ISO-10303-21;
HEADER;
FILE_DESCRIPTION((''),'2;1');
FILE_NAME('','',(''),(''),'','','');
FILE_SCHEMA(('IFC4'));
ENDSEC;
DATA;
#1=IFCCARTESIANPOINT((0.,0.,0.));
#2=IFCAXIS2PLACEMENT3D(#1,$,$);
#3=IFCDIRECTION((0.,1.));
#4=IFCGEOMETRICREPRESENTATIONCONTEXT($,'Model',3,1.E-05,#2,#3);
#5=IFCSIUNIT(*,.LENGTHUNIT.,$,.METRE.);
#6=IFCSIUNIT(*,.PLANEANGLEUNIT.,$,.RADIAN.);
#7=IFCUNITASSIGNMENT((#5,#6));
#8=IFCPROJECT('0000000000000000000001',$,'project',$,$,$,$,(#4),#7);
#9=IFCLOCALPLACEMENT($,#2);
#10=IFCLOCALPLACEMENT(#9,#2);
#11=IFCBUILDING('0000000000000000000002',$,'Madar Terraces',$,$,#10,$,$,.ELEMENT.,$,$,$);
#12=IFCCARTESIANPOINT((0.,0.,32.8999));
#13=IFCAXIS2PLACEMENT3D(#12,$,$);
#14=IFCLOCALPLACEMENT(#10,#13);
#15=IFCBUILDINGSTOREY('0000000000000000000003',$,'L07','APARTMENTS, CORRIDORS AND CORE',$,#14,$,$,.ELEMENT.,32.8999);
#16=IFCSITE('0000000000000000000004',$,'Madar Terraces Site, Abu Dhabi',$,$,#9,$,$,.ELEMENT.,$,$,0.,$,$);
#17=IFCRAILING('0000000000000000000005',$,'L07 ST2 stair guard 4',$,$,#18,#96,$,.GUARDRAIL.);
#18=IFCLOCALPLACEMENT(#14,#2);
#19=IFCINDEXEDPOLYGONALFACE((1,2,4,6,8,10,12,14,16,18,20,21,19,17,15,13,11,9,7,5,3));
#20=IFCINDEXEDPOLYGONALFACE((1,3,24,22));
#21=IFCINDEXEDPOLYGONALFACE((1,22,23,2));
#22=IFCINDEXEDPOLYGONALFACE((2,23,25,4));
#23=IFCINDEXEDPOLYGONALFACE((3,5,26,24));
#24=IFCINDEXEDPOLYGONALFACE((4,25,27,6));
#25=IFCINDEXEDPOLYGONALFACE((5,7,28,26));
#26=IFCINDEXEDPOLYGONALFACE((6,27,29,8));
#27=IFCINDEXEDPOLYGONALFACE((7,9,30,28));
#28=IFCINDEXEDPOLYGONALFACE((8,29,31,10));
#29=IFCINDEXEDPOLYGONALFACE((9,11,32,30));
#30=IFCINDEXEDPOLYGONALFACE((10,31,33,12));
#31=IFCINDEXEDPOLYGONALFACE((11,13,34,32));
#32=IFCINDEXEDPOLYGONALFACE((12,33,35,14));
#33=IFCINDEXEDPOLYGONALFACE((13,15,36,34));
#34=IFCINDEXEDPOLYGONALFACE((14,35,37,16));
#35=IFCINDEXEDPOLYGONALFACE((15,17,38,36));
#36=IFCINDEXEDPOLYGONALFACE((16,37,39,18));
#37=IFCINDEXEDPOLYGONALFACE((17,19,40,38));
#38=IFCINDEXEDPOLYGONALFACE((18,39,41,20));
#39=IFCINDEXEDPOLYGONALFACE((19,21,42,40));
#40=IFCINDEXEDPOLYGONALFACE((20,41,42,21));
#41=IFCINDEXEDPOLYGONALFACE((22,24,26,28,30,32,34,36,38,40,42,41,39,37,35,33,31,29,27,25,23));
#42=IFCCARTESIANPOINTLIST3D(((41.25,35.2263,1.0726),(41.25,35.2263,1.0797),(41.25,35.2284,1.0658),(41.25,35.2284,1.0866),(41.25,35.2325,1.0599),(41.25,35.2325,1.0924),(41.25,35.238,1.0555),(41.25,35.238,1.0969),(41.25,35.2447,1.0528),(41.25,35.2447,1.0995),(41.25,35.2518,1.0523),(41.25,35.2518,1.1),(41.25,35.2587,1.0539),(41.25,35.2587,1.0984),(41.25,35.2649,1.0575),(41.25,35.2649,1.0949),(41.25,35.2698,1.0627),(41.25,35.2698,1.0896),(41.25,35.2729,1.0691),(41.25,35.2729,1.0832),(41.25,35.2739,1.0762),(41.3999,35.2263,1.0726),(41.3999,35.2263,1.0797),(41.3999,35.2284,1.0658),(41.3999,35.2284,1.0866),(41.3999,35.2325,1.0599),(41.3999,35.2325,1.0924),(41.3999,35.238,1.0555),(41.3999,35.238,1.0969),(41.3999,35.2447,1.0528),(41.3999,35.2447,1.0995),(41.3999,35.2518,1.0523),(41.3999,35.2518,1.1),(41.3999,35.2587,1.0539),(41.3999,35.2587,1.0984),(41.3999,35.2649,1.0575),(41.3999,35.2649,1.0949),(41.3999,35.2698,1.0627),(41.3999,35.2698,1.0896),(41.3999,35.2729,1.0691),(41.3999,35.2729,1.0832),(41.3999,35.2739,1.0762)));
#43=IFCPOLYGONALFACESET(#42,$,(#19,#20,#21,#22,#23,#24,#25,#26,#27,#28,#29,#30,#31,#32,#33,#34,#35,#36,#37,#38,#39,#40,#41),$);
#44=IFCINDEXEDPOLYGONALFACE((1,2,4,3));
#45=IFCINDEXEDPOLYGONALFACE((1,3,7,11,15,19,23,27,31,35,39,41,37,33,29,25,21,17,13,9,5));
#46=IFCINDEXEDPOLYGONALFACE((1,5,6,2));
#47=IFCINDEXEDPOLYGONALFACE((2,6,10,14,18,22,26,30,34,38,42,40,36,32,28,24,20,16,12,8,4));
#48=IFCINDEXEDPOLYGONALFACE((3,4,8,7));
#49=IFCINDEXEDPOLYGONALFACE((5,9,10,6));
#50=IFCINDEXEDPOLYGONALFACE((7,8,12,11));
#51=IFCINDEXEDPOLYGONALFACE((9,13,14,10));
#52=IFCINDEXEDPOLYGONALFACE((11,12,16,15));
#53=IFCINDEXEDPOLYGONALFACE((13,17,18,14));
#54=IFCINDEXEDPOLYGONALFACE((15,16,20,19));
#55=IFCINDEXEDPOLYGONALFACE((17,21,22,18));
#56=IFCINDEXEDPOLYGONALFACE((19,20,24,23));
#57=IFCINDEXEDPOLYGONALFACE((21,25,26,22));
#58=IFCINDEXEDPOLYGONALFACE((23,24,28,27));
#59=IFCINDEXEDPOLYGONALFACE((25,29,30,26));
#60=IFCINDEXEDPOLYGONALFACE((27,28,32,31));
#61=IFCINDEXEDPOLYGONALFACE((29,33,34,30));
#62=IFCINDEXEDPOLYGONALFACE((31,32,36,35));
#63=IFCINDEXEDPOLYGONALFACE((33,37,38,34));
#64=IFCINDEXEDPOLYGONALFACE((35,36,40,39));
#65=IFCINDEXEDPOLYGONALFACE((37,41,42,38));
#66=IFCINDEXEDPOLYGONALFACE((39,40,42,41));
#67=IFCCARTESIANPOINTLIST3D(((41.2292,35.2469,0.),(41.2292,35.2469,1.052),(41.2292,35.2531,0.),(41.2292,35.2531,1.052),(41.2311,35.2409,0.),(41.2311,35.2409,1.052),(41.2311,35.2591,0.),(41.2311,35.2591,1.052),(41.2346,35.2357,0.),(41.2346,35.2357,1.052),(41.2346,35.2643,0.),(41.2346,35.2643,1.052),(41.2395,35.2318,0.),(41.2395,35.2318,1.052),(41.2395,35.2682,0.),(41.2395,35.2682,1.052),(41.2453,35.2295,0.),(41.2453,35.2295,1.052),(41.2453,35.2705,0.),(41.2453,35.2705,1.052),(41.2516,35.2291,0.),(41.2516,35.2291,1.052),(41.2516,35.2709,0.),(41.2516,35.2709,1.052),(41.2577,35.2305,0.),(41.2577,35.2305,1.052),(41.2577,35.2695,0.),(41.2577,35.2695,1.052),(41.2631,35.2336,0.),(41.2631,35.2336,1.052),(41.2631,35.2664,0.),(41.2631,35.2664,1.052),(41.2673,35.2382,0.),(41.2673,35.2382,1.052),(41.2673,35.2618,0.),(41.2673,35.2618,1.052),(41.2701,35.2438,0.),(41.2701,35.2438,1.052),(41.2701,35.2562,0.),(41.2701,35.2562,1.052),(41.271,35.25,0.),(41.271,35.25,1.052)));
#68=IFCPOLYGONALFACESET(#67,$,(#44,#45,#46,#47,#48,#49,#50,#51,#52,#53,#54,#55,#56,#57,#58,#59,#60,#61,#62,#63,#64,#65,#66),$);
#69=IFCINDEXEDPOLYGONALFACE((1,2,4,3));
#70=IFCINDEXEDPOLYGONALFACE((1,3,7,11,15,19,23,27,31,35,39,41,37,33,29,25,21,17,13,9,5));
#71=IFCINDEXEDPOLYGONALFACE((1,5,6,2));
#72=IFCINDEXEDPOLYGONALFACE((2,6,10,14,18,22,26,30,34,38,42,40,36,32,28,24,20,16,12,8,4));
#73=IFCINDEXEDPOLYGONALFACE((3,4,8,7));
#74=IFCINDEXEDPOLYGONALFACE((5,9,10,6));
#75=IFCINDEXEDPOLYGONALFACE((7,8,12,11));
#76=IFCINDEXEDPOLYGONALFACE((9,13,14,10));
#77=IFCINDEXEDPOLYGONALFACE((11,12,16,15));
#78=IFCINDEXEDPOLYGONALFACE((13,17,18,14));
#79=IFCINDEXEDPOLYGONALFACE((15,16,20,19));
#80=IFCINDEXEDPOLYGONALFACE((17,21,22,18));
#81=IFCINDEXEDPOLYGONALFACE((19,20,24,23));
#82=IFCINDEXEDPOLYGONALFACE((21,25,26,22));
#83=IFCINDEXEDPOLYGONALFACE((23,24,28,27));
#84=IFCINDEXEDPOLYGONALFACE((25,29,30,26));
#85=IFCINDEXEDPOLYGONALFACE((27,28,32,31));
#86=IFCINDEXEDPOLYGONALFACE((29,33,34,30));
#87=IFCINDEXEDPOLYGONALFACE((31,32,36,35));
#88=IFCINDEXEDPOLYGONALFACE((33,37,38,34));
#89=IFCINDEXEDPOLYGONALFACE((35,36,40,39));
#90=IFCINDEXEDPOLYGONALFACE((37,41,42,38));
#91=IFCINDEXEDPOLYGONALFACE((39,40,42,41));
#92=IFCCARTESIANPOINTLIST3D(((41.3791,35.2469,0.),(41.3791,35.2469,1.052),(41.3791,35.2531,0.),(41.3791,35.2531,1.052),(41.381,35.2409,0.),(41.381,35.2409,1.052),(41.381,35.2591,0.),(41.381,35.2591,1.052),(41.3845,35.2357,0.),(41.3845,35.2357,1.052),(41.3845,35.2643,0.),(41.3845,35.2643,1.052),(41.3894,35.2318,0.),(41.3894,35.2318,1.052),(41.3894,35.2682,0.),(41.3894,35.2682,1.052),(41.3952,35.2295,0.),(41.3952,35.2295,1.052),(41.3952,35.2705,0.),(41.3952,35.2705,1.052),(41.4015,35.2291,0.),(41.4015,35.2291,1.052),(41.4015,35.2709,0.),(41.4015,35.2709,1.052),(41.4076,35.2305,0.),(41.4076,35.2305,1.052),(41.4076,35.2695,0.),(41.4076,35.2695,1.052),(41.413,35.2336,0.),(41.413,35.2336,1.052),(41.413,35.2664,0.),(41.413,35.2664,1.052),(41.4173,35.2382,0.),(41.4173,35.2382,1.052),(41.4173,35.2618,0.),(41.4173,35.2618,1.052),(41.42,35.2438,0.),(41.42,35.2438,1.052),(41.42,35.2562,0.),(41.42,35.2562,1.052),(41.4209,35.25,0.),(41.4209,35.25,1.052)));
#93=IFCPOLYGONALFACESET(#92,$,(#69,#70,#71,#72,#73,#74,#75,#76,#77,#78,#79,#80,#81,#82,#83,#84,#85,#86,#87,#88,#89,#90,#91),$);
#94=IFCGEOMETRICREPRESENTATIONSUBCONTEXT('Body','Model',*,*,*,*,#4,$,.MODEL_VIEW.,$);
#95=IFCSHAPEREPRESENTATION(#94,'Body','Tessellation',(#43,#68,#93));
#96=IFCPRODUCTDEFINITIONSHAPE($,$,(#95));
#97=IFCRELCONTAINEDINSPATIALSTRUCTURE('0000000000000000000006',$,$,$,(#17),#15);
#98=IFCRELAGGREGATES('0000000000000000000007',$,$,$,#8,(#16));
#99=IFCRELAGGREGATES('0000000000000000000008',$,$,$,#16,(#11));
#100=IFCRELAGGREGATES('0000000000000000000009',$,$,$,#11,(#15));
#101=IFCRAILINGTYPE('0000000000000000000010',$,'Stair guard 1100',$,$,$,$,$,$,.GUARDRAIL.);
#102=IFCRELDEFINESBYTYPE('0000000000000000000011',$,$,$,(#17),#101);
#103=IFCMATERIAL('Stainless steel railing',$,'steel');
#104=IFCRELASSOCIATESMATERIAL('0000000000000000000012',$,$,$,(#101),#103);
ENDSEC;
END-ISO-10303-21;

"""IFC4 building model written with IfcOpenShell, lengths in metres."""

from ifc_helpers import new_model, si_unit, direction, frame, origin, origin_2d, place, context, subcontext, project, spatial, circle, extrude, material, type_object, element, save


model = new_model("IFC4")

# Units and contexts
model_context = context("Model", 3, precision=1e-05, world=origin(), true_north=direction((0.0, 1.0)))
body_context = subcontext(model_context, "Body", "Model", "MODEL_VIEW")
ifc_project = project(units=[si_unit("LENGTHUNIT", "METRE"), si_unit("PLANEANGLEUNIT", "RADIAN")], contexts=[model_context])

# Site, building, storey
site_placement = place(None, origin())
site = spatial("IfcSite", under=ifc_project, at=site_placement, Name="Madar Terraces Site, Abu Dhabi", CompositionType="ELEMENT", RefElevation=0.0)
building_placement = place(site_placement, origin())
building = spatial("IfcBuilding", under=site, at=building_placement, Name="Madar Terraces", CompositionType="ELEMENT")
storey_placement = place(building_placement, frame((0.0, 0.0, 32.8999)))
storey = spatial("IfcBuildingStorey", under=building, at=storey_placement, Name="L07", Description="APARTMENTS, CORRIDORS AND CORE", CompositionType="ELEMENT", Elevation=32.8999)

# Railing
ifc_material_1 = material(Name="Stainless steel railing", Category="steel")
railing_type_1 = type_object("IfcRailingType", Name="Stair guard 1100", PredefinedType="GUARDRAIL", material=ifc_material_1)
railing_1_placement = place(storey_placement, frame((41.25, 35.25, 0.0)))
element("IfcRailing", 1, at=railing_1_placement, inside=storey, type_object=railing_type_1, Name="L07 ST2 stair guard 4", PredefinedType="GUARDRAIL", context=body_context, shape_type="SweptSolid", body=[
    extrude(circle(Radius=0.0239, at=origin_2d()), frame((0.0, 0.0, 1.0762), z_axis=(1.0, 0.0, 0.0), x_axis=(0.0, 1.0, 0.0)), (0.0, 0.0, 1.0), 0.1499),
    extrude(circle(Radius=0.021, at=origin_2d()), origin(), (0.0, 0.0, 1.0), 1.052),
    extrude(circle(Radius=0.021, at=origin_2d()), frame((0.1499, 0.0, 0.0)), (0.0, 0.0, 1.0), 1.052),
])

save(model, "model.ifc")
